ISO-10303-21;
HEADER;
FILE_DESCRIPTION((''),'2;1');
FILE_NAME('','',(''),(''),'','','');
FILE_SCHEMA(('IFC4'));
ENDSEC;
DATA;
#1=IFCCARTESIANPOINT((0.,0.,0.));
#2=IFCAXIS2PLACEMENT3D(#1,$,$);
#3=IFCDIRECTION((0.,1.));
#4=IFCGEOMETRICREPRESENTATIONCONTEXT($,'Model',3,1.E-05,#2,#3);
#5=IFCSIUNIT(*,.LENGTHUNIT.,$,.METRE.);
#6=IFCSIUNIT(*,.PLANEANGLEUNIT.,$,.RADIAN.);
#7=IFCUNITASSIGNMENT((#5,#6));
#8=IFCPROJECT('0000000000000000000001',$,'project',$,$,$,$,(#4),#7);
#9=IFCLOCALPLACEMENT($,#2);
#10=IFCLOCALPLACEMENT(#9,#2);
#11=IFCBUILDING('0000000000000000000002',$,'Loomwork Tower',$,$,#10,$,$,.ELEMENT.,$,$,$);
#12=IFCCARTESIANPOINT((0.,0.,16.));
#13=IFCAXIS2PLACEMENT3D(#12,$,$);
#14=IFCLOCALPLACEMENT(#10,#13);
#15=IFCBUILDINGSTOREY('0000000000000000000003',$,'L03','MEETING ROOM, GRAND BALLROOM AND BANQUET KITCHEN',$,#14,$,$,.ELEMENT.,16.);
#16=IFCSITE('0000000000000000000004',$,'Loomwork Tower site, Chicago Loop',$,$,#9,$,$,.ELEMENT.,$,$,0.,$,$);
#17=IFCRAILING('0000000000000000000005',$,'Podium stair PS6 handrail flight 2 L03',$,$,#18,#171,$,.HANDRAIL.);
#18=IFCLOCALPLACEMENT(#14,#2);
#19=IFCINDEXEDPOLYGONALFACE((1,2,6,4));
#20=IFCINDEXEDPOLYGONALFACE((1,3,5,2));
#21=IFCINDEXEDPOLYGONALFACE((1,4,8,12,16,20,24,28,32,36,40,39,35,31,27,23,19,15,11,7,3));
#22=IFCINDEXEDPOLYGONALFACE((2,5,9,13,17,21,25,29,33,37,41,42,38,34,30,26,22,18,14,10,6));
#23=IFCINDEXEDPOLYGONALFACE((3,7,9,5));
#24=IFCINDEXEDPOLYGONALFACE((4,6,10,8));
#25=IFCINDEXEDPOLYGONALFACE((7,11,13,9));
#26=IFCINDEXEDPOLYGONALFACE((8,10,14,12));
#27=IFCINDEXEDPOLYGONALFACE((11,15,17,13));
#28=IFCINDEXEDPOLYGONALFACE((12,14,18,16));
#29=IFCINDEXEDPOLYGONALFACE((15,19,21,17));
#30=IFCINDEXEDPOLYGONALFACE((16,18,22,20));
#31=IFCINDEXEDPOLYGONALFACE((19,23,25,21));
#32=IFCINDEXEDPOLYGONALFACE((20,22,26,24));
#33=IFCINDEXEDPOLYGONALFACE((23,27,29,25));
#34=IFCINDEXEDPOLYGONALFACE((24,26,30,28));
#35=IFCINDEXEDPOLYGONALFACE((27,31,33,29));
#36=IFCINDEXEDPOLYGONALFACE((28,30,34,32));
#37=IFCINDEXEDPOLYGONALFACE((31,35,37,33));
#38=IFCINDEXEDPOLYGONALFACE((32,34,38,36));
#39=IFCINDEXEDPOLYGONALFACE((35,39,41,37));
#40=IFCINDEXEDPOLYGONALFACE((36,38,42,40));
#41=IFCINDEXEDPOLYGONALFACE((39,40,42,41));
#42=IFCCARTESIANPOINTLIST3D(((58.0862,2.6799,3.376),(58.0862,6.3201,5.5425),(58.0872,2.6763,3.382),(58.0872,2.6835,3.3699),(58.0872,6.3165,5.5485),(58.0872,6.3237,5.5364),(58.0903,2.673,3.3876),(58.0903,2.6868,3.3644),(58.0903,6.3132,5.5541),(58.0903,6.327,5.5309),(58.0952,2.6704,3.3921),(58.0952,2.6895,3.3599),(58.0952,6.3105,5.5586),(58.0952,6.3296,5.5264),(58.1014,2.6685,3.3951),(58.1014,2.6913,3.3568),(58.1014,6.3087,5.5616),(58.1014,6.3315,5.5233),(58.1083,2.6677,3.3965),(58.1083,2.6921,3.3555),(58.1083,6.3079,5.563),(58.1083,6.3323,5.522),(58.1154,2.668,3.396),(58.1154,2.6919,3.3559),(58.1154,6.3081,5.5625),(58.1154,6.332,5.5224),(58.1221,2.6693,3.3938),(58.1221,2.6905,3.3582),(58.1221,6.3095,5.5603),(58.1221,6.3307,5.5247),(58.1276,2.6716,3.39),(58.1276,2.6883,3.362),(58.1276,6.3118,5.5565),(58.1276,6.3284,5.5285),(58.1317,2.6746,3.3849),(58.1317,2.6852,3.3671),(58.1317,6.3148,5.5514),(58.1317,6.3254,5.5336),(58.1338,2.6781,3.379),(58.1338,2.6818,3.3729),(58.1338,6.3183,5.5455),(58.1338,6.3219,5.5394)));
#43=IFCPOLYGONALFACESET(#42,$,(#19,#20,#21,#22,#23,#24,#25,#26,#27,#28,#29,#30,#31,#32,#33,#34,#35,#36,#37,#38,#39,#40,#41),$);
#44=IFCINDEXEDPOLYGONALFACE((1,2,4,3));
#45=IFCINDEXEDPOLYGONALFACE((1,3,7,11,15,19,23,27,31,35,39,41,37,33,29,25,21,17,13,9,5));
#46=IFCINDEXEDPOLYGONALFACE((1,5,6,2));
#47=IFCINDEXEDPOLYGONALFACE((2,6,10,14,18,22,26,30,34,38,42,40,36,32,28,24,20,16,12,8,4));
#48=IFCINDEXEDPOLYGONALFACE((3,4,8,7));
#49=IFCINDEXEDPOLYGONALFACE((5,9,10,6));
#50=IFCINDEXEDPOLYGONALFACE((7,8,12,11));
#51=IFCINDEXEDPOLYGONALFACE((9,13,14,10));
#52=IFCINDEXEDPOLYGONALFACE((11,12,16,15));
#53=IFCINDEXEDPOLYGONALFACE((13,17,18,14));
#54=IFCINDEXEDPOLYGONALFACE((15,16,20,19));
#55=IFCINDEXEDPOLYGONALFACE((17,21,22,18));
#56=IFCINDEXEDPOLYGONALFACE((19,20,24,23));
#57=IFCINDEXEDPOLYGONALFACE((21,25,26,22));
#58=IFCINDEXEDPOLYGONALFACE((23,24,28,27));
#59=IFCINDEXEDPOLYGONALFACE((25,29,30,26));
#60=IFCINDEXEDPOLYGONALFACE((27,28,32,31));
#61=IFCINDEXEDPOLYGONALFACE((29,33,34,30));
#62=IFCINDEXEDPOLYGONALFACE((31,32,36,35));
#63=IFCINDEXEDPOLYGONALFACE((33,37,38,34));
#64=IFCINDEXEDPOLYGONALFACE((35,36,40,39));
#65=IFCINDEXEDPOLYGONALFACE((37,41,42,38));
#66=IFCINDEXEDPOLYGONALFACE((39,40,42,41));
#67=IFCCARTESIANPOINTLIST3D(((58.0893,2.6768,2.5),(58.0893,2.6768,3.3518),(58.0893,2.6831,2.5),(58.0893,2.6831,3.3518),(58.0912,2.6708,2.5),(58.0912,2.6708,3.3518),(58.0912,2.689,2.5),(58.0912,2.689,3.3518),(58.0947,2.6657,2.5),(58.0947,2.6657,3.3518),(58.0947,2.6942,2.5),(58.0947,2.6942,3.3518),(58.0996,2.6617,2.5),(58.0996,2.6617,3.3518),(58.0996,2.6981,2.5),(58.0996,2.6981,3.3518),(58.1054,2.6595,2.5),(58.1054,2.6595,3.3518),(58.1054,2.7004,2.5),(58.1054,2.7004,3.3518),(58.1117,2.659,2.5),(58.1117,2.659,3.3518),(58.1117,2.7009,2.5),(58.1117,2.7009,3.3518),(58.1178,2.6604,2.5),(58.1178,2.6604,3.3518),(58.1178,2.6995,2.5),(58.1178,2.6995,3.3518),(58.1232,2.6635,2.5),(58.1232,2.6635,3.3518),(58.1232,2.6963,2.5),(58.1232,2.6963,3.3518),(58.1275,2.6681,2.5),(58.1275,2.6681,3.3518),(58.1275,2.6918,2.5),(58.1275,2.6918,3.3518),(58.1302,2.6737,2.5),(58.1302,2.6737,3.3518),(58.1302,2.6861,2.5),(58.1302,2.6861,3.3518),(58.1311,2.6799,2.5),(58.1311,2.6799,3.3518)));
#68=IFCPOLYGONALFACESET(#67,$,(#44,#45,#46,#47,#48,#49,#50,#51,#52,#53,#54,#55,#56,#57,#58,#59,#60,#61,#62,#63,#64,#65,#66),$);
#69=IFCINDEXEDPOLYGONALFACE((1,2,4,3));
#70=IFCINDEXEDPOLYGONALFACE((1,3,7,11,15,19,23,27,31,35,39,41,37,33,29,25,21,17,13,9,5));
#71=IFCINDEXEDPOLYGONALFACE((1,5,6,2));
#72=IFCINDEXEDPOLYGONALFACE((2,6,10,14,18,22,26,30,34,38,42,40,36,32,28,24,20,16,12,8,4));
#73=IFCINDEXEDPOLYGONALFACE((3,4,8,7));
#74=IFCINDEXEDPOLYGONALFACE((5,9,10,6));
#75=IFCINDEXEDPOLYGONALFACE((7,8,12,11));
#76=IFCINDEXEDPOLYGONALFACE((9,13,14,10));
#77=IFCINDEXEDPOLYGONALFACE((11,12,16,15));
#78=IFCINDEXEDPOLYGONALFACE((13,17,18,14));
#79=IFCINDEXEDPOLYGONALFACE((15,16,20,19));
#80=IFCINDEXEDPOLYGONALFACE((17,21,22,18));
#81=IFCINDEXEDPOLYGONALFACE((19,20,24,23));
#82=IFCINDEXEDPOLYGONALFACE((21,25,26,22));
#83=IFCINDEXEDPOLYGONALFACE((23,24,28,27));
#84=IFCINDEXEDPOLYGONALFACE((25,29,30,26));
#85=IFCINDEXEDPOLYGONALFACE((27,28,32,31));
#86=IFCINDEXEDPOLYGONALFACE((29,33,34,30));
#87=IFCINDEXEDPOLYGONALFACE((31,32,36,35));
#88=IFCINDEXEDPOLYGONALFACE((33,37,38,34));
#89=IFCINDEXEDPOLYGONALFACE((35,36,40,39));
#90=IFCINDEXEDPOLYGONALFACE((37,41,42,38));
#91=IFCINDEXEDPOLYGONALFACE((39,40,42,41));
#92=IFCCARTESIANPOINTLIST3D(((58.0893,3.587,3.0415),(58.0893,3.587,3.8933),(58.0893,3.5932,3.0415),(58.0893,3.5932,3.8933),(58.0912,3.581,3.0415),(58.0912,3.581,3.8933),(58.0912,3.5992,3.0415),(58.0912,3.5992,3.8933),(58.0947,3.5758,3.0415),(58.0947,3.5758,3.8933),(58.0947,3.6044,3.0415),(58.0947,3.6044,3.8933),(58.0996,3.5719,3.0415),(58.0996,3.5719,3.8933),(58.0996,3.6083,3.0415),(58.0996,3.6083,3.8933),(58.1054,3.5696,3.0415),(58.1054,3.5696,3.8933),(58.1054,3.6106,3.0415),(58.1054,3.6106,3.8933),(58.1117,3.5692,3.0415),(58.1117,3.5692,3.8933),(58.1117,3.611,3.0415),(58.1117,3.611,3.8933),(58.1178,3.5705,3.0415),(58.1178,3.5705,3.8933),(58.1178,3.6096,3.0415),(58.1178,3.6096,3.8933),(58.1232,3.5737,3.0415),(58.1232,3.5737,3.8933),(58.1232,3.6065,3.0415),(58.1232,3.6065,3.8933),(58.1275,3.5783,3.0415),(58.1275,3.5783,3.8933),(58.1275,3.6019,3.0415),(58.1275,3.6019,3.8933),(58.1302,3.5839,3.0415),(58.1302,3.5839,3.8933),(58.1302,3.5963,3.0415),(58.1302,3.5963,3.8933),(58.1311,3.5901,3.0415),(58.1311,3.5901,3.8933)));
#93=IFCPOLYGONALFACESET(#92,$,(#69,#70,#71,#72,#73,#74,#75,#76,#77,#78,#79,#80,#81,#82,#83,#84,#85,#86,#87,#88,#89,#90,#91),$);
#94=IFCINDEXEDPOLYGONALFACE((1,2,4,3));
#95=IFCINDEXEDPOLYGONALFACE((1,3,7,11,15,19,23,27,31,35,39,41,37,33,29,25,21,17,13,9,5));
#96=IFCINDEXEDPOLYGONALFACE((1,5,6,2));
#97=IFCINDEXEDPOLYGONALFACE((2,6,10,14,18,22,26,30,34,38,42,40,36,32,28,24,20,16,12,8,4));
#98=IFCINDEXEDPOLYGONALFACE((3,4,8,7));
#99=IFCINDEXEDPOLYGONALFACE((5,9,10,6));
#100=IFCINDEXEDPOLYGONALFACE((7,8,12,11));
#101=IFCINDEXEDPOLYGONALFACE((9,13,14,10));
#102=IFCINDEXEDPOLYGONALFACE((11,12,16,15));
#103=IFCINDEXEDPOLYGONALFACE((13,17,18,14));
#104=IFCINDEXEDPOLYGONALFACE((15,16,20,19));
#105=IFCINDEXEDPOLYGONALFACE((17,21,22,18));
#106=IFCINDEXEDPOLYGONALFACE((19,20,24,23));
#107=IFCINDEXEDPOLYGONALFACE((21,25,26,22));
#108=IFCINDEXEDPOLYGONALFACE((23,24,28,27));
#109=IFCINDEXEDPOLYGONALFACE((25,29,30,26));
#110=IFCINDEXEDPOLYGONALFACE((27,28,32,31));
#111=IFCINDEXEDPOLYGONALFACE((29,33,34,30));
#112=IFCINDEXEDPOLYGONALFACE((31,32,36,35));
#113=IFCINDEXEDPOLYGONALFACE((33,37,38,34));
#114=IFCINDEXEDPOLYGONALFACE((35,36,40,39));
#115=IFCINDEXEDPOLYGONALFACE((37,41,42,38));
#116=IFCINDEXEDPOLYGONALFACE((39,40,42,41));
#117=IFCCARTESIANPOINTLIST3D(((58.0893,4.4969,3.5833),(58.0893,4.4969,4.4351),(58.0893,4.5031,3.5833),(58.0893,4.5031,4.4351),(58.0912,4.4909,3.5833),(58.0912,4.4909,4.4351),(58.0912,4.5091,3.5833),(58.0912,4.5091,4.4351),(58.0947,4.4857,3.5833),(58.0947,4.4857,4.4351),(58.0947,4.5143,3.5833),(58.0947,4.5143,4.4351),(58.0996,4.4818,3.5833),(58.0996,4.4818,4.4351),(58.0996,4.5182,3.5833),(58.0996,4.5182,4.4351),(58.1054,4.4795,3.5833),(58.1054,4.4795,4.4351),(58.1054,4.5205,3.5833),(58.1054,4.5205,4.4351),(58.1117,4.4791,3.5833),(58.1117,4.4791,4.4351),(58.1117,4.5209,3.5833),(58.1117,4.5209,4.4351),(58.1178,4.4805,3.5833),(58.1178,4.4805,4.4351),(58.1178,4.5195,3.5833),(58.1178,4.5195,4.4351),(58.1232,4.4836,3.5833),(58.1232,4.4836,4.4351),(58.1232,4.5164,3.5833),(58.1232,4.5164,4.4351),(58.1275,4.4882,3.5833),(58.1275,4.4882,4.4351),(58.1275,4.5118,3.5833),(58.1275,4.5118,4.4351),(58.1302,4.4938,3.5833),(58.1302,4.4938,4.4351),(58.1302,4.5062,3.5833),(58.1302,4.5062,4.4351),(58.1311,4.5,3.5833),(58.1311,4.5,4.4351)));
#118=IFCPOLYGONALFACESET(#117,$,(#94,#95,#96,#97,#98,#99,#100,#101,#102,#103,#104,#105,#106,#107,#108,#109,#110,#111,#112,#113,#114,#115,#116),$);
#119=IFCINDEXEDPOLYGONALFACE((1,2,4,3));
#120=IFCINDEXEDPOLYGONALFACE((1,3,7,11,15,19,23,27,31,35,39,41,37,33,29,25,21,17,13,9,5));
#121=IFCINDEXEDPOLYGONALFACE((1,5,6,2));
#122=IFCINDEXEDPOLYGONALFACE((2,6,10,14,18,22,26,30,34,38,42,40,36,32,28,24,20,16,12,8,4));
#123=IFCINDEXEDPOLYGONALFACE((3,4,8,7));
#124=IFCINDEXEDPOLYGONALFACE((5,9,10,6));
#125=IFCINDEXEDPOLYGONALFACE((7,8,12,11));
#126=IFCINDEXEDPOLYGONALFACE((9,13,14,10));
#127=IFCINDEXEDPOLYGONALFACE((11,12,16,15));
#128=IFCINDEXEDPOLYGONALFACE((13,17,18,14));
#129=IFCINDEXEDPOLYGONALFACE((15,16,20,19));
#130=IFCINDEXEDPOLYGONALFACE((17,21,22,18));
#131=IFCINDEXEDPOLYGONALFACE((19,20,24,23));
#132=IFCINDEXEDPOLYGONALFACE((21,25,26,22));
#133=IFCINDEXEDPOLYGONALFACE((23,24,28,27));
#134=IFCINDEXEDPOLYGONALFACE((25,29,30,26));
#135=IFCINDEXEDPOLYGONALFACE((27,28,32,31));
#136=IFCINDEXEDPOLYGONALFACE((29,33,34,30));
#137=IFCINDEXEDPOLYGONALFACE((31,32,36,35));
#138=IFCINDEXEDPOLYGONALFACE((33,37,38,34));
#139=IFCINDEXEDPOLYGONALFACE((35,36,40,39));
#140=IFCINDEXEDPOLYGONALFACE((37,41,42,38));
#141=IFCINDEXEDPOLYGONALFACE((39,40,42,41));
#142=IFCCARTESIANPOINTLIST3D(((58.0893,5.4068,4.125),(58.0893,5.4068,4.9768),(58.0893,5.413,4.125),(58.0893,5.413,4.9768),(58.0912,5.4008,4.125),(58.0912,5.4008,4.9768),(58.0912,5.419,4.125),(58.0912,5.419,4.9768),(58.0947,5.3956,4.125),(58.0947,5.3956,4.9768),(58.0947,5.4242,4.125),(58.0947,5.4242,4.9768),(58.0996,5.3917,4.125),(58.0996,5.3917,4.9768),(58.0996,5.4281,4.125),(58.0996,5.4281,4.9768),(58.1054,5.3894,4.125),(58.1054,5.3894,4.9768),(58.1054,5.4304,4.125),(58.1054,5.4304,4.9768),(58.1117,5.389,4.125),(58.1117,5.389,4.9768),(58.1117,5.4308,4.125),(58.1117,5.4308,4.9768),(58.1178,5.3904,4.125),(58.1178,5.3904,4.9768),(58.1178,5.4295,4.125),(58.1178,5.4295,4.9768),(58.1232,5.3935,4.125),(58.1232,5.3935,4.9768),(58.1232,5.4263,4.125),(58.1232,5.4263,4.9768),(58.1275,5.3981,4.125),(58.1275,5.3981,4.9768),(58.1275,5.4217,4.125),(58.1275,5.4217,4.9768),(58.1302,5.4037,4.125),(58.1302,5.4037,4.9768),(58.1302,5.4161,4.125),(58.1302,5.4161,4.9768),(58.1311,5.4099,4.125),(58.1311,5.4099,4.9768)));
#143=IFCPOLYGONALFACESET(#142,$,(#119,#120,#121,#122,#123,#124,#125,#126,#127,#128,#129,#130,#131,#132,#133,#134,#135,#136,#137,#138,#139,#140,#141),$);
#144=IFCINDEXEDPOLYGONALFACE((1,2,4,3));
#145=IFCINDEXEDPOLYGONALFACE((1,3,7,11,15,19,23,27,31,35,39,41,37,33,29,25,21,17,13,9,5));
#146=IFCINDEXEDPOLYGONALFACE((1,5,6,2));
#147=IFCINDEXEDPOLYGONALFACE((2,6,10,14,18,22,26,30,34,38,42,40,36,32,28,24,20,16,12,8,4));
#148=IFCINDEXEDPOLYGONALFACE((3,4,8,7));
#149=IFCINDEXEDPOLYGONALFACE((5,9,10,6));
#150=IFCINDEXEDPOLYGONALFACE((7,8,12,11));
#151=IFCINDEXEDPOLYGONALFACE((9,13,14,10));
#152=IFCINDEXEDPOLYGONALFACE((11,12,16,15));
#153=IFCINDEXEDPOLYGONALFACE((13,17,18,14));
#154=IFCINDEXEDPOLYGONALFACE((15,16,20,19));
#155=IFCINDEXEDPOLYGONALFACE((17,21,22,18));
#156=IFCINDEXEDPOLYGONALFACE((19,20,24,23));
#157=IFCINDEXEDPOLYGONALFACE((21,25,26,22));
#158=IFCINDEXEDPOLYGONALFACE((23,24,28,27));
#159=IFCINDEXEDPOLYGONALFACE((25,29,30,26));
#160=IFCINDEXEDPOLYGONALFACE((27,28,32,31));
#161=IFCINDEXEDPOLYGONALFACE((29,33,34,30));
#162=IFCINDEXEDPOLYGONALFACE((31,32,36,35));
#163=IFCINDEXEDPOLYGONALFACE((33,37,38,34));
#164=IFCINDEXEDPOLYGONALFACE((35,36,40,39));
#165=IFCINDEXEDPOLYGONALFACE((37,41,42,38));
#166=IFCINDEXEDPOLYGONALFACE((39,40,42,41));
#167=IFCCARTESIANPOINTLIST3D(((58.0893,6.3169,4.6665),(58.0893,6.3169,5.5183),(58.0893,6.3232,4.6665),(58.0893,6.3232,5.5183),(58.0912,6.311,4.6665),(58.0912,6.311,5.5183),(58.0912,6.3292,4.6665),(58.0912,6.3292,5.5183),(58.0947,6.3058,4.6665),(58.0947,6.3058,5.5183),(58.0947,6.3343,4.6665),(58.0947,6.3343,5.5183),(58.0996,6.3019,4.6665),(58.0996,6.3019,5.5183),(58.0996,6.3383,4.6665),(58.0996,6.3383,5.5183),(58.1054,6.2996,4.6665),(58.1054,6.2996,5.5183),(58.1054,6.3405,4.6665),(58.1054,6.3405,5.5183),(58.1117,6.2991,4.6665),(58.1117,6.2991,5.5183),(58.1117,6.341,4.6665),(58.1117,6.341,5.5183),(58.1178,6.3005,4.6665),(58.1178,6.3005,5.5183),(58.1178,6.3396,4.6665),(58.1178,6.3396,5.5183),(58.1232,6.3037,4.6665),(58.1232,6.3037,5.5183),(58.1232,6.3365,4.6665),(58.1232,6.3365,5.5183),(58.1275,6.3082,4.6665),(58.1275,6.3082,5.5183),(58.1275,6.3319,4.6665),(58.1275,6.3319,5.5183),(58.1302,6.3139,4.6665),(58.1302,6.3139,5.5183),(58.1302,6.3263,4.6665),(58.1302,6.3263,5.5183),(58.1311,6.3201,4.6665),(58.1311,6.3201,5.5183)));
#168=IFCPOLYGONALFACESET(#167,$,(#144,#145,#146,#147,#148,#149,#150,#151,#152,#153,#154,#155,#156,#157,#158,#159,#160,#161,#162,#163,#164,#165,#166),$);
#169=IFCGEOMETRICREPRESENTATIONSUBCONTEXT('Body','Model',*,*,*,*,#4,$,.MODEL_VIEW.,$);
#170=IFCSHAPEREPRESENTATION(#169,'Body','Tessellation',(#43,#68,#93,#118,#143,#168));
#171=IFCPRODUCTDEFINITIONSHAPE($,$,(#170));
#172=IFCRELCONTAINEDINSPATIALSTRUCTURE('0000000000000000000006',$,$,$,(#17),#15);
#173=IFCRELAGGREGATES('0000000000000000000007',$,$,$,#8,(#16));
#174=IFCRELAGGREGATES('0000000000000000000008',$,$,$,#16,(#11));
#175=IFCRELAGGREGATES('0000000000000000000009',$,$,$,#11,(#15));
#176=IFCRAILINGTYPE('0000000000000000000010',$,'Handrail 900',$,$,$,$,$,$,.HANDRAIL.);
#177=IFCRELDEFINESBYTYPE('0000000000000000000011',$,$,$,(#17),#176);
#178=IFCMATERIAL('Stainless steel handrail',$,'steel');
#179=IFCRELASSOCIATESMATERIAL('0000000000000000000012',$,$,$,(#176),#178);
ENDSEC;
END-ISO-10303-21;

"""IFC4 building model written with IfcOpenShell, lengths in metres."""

from ifc_helpers import new_model, si_unit, direction, frame, origin, origin_2d, place, context, subcontext, project, spatial, circle, extrude, material, type_object, element, save


model = new_model("IFC4")

# Units and contexts
model_context = context("Model", 3, precision=1e-05, world=origin(), true_north=direction((0.0, 1.0)))
body_context = subcontext(model_context, "Body", "Model", "MODEL_VIEW")
ifc_project = project(units=[si_unit("LENGTHUNIT", "METRE"), si_unit("PLANEANGLEUNIT", "RADIAN")], contexts=[model_context])

# Site, building, storey
site_placement = place(None, origin())
site = spatial("IfcSite", under=ifc_project, at=site_placement, Name="Loomwork Tower site, Chicago Loop", CompositionType="ELEMENT", RefElevation=0.0)
building_placement = place(site_placement, origin())
building = spatial("IfcBuilding", under=site, at=building_placement, Name="Loomwork Tower", CompositionType="ELEMENT")
storey_placement = place(building_placement, frame((0.0, 0.0, 16.0)))
storey = spatial("IfcBuildingStorey", under=building, at=storey_placement, Name="L03", Description="MEETING ROOM, GRAND BALLROOM AND BANQUET KITCHEN", CompositionType="ELEMENT", Elevation=16.0)

# Railing
ifc_material_1 = material(Name="Stainless steel handrail", Category="steel")
railing_type = type_object("IfcRailingType", Name="Handrail 900", PredefinedType="HANDRAIL", material=ifc_material_1)
railing_1_placement = place(storey_placement, frame((58.1101, 2.6799, 2.5)))
element("IfcRailing", 1, at=railing_1_placement, inside=storey, type_object=railing_type, Name="Podium stair PS6 handrail flight 2 L03", PredefinedType="HANDRAIL", context=body_context, shape_type="SweptSolid", body=[
    extrude(circle(Radius=0.0239, at=origin_2d()), frame((0.0, 0.0, 0.876), z_axis=(0.0, 0.859318, 0.511441), x_axis=(-1.0, 0.0, 0.0)), (0.0, 0.0, 1.0), 4.2361),
    extrude(circle(Radius=0.021, at=origin_2d()), origin(), (0.0, 0.0, 1.0), 0.8518),
    extrude(circle(Radius=0.021, at=origin_2d()), frame((0.0, 0.9102, 0.5415)), (0.0, 0.0, 1.0), 0.8518),
    extrude(circle(Radius=0.021, at=origin_2d()), frame((0.0, 1.8201, 1.0833)), (0.0, 0.0, 1.0), 0.8518),
    extrude(circle(Radius=0.021, at=origin_2d()), frame((0.0, 2.73, 1.625)), (0.0, 0.0, 1.0), 0.8518),
    extrude(circle(Radius=0.021, at=origin_2d()), frame((0.0, 3.6401, 2.1665)), (0.0, 0.0, 1.0), 0.8518),
])

save(model, "model.ifc")
